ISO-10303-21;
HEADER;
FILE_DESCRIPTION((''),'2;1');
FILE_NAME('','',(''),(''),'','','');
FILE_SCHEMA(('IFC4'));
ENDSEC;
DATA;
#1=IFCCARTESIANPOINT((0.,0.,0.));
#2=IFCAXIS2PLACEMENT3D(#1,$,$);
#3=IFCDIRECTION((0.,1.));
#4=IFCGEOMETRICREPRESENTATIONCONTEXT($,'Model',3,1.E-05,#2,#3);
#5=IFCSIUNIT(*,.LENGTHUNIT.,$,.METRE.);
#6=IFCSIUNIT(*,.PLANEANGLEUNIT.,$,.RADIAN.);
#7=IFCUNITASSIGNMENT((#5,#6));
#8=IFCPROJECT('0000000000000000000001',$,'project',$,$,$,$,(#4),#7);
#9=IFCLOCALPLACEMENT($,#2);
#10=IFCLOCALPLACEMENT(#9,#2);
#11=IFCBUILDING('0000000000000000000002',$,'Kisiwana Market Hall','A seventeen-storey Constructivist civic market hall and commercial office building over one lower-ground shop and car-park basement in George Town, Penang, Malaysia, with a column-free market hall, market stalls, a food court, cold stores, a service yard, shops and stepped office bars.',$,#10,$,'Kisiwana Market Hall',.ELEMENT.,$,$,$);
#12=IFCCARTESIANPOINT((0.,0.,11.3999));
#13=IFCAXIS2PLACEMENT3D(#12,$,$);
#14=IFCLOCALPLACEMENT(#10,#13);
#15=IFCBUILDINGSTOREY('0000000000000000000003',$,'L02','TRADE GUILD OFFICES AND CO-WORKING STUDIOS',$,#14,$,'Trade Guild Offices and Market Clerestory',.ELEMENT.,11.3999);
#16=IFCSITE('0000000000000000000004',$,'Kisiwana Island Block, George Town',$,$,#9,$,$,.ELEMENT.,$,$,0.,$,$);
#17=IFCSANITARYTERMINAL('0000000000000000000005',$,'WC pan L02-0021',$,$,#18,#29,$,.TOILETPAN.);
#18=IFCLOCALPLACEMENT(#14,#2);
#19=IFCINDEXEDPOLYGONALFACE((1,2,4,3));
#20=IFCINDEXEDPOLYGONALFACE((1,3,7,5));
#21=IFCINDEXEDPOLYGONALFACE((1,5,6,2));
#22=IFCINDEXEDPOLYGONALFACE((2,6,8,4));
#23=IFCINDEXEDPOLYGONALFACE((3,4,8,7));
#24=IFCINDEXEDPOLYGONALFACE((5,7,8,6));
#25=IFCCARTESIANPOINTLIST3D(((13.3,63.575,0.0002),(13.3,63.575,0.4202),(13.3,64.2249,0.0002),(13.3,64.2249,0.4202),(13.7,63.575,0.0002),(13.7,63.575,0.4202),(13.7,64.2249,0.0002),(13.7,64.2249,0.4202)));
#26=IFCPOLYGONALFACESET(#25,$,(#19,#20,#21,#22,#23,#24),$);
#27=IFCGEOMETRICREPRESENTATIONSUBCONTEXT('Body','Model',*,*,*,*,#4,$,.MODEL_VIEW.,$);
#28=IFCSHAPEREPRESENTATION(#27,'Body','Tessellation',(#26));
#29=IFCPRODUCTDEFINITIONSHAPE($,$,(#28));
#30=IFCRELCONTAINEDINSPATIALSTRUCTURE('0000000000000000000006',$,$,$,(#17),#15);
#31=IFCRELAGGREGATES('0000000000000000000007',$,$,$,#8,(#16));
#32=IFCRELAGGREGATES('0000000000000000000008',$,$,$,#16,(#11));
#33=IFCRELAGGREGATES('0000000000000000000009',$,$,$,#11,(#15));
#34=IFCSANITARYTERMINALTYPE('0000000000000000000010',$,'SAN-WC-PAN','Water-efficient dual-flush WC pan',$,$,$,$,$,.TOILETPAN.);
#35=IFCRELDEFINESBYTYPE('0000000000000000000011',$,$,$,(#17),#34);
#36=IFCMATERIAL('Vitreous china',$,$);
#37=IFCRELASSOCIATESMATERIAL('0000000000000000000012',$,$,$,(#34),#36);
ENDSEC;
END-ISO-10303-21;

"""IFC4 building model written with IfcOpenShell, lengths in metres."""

from ifc_helpers import new_model, si_unit, direction, frame, origin, origin_2d, place, context, subcontext, project, spatial, rectangle, extrude, material, type_object, element, save


model = new_model("IFC4")

# Units and contexts
model_context = context("Model", 3, precision=1e-05, world=origin(), true_north=direction((0.0, 1.0)))
body_context = subcontext(model_context, "Body", "Model", "MODEL_VIEW")
ifc_project = project(units=[si_unit("LENGTHUNIT", "METRE"), si_unit("PLANEANGLEUNIT", "RADIAN")], contexts=[model_context])

# Site, building, storey
site_placement = place(None, origin())
site = spatial("IfcSite", under=ifc_project, at=site_placement, Name="Kisiwana Island Block, George Town", CompositionType="ELEMENT", RefElevation=0.0)
building_placement = place(site_placement, origin())
building = spatial("IfcBuilding", under=site, at=building_placement, Name="Kisiwana Market Hall", Description="A seventeen-storey Constructivist civic market hall and commercial office building over one lower-ground shop and car-park basement in George Town, Penang, Malaysia, with a column-free market hall, market stalls, a food court, cold stores, a service yard, shops and stepped office bars.", LongName="Kisiwana Market Hall", CompositionType="ELEMENT")
storey_placement = place(building_placement, frame((0.0, 0.0, 11.3999)))
storey = spatial("IfcBuildingStorey", under=building, at=storey_placement, Name="L02", Description="TRADE GUILD OFFICES AND CO-WORKING STUDIOS", LongName="Trade Guild Offices and Market Clerestory", CompositionType="ELEMENT", Elevation=11.3999)

# Sanitary terminal
ifc_material_1 = material(Name="Vitreous china")
sanitary_terminal_type_1 = type_object("IfcSanitaryTerminalType", Name="SAN-WC-PAN", Description="Water-efficient dual-flush WC pan", PredefinedType="TOILETPAN", material=ifc_material_1)
sanitary_terminal_1_placement = place(storey_placement, frame((13.5, 63.8999, 0.0002), z_axis=(0.0, 0.0, 1.0), x_axis=(1.0, 0.0, 0.0)))
element("IfcSanitaryTerminal", 1, at=sanitary_terminal_1_placement, inside=storey, type_object=sanitary_terminal_type_1, Name="WC pan L02-0021", PredefinedType="TOILETPAN", context=body_context, shape_type="SweptSolid", body=[
    extrude(rectangle(XDim=0.3999, YDim=0.6499, at=origin_2d()), origin(), (0.0, 0.0, 1.0), 0.4199),
])

save(model, "model.ifc")
